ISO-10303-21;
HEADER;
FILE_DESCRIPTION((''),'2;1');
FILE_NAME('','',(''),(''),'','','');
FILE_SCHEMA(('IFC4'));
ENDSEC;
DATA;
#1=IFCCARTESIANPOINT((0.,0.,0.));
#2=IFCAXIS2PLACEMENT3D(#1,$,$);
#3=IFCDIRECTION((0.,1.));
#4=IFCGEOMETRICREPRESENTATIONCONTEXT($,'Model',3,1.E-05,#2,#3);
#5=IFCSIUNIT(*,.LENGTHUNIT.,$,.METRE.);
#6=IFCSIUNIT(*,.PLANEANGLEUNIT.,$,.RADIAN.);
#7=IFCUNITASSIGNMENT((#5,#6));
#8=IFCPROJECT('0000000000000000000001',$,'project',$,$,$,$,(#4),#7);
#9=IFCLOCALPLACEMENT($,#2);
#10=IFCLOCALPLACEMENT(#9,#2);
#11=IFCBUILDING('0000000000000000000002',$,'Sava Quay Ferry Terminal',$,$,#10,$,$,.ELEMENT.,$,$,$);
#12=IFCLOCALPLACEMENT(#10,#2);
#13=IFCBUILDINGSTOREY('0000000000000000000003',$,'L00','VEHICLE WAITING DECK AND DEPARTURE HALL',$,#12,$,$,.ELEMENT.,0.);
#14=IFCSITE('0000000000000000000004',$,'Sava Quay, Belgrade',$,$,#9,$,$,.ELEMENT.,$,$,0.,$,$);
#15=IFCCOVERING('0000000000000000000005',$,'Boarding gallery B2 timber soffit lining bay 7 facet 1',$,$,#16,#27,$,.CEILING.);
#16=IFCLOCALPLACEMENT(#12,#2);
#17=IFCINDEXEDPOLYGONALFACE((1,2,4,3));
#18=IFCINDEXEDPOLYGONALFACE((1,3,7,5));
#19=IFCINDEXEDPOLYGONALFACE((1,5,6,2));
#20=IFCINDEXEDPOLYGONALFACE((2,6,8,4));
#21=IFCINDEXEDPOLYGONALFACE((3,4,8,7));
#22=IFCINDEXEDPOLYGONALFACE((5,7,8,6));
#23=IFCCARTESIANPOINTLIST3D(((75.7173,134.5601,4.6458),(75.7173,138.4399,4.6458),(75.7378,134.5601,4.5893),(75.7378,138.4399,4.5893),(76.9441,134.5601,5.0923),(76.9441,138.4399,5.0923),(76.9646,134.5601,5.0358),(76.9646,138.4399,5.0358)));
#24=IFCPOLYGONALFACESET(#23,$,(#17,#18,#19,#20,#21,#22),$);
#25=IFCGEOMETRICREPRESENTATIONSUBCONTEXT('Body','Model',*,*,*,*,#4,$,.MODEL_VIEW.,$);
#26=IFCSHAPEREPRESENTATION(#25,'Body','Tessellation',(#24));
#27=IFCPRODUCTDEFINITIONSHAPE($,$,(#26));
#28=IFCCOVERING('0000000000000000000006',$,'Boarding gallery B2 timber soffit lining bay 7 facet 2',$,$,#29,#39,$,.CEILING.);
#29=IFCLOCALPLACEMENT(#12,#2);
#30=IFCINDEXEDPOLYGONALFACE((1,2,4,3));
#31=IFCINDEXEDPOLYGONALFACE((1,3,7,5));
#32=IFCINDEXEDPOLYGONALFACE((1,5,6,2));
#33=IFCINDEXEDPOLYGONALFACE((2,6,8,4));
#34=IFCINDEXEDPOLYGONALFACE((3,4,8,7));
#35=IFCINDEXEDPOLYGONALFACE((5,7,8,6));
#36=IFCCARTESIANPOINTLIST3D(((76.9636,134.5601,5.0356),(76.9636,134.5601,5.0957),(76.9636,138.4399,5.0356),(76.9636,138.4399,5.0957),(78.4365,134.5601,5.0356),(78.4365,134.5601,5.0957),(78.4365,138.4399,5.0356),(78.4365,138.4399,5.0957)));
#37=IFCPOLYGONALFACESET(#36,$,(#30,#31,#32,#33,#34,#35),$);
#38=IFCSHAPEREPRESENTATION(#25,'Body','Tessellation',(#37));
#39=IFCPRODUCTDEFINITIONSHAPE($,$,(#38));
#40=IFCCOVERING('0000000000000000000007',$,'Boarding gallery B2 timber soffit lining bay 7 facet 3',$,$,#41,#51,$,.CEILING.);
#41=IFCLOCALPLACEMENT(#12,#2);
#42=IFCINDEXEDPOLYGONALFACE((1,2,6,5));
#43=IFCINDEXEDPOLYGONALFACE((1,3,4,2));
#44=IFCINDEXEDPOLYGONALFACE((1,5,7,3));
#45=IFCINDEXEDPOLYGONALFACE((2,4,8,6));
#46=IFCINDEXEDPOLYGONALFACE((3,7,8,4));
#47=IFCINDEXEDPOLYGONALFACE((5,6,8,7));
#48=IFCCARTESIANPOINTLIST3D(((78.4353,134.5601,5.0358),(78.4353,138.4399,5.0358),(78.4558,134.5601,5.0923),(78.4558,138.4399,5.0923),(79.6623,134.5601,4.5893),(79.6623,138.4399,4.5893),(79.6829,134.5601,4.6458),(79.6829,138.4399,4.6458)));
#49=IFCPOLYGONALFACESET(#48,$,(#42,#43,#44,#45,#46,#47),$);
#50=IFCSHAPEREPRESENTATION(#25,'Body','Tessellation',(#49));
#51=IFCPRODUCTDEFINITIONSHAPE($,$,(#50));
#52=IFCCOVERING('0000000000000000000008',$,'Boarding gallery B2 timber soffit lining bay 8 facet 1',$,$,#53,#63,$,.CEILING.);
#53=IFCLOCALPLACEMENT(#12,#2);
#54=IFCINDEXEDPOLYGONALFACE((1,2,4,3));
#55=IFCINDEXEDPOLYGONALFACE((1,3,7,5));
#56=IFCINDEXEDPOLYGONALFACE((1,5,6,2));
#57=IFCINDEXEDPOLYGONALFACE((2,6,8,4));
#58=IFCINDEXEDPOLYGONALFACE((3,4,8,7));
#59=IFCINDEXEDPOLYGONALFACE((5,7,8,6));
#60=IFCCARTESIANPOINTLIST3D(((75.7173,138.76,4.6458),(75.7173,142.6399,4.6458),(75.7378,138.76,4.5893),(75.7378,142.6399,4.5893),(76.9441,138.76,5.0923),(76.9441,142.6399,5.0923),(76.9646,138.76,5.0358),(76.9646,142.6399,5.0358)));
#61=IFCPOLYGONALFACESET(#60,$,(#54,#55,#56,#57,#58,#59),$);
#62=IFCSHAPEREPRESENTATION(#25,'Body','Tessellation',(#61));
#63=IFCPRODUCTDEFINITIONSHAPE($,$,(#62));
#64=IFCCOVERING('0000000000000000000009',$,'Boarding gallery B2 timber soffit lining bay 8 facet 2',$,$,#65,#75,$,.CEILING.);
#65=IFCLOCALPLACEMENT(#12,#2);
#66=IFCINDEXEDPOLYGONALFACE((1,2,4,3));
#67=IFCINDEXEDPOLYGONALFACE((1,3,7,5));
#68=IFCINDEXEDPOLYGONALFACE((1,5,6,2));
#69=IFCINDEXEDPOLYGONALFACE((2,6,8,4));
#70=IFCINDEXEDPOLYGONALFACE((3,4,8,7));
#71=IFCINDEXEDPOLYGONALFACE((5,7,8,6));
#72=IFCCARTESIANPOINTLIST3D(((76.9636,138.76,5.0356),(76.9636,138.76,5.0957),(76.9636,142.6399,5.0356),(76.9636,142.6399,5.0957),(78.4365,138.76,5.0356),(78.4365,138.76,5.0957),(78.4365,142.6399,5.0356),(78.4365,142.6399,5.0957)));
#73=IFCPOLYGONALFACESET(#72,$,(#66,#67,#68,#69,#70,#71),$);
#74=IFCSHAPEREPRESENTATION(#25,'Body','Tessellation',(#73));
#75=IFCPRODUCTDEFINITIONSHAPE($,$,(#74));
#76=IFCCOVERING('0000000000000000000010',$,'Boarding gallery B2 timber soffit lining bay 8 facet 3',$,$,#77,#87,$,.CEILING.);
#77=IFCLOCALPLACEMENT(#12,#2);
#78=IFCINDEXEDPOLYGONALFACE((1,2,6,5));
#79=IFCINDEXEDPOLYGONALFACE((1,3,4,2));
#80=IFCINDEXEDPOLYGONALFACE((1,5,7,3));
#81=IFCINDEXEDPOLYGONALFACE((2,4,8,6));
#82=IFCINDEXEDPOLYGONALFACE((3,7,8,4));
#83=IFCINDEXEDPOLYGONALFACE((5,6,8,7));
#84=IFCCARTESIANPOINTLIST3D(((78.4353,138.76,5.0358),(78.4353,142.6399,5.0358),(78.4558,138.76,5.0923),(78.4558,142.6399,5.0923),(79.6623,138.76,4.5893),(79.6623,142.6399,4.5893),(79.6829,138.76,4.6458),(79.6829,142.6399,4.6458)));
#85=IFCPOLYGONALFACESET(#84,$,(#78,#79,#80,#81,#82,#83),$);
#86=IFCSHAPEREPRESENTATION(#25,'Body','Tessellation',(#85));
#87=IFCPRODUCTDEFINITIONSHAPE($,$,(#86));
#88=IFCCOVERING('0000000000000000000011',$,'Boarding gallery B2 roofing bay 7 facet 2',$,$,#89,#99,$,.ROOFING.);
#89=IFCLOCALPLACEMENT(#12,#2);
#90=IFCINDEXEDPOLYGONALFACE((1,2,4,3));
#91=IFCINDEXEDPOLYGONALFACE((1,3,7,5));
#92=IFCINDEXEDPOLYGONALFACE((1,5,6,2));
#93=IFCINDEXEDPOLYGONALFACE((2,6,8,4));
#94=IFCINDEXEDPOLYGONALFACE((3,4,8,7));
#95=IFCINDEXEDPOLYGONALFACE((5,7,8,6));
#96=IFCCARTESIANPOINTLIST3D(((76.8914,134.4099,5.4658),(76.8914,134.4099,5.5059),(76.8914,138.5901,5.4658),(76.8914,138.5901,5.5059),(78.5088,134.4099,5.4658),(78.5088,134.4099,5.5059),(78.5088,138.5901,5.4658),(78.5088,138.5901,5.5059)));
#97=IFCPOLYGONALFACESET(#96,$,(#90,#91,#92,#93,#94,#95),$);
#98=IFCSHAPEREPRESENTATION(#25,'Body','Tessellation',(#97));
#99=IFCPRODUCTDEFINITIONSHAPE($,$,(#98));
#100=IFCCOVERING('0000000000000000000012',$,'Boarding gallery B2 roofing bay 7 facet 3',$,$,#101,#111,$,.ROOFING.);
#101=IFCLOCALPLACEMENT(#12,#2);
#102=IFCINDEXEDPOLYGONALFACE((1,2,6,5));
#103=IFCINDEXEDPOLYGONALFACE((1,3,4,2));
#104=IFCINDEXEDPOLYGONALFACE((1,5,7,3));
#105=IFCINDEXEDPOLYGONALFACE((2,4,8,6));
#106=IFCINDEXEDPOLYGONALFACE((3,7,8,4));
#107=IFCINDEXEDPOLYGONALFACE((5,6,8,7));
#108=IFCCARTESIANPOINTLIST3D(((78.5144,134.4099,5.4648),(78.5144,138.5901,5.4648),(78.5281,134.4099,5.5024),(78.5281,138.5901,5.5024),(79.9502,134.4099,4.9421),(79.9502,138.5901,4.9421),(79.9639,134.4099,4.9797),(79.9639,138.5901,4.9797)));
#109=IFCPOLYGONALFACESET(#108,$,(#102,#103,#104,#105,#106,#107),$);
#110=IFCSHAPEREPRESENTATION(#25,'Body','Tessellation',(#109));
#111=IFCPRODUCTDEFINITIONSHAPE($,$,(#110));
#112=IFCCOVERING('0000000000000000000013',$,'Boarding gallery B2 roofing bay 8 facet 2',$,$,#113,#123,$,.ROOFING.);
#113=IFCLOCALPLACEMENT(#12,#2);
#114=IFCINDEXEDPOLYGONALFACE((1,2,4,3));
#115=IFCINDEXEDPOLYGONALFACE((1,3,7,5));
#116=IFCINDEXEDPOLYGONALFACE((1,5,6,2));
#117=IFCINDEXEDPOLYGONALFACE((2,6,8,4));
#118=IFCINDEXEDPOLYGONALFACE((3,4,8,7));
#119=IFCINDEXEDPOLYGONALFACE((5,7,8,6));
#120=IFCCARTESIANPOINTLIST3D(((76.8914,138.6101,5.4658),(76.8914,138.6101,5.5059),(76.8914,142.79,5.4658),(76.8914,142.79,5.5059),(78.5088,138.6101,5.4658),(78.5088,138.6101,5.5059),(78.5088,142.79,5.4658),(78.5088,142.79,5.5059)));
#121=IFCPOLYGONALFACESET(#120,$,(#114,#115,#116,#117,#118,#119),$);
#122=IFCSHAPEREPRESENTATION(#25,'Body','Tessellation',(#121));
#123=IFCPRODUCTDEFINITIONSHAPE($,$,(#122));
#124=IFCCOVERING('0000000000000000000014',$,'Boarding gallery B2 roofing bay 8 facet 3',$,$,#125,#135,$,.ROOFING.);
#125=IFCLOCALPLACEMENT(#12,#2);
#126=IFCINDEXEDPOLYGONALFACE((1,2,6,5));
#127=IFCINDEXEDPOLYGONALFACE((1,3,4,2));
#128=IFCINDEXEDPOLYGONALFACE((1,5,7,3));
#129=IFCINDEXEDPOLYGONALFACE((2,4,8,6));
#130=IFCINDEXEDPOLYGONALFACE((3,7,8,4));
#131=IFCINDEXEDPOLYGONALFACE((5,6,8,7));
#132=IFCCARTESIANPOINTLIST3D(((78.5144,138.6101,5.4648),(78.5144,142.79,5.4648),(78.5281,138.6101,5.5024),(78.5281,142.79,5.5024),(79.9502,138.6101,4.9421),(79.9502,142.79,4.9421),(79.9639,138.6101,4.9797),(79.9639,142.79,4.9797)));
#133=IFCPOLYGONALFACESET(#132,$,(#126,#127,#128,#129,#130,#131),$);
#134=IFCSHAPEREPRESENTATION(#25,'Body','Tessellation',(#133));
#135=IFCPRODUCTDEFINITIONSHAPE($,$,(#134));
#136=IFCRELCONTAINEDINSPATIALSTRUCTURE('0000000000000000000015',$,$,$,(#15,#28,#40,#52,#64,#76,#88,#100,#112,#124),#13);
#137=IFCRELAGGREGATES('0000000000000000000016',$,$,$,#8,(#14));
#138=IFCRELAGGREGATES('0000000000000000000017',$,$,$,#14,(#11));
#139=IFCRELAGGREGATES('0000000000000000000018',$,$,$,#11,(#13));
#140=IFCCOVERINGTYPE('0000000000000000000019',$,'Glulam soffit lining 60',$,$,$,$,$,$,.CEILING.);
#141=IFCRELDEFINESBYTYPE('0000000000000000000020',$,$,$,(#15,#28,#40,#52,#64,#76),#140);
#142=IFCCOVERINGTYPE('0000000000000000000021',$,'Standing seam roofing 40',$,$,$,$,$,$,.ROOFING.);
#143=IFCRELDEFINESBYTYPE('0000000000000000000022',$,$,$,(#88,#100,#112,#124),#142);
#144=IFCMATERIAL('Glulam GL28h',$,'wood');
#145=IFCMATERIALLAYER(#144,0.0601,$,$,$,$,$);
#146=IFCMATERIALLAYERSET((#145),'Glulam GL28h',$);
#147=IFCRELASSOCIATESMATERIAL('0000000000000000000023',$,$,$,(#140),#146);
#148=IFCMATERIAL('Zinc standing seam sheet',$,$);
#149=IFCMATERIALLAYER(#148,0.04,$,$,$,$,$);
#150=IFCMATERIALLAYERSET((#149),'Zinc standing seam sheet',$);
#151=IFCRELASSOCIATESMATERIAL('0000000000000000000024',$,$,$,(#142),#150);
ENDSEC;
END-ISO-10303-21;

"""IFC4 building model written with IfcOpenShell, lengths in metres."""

from ifc_helpers import new_model, si_unit, direction, frame, origin, place, context, subcontext, project, spatial, polyline, outline, extrude, material, layer, layer_set, type_object, element, save


model = new_model("IFC4")

# Units and contexts
model_context = context("Model", 3, precision=1e-05, world=origin(), true_north=direction((0.0, 1.0)))
body_context = subcontext(model_context, "Body", "Model", "MODEL_VIEW")
ifc_project = project(units=[si_unit("LENGTHUNIT", "METRE"), si_unit("PLANEANGLEUNIT", "RADIAN")], contexts=[model_context])

# Site, building, storey
site_placement = place(None, origin())
site = spatial("IfcSite", under=ifc_project, at=site_placement, Name="Sava Quay, Belgrade", CompositionType="ELEMENT", RefElevation=0.0)
building_placement = place(site_placement, origin())
building = spatial("IfcBuilding", under=site, at=building_placement, Name="Sava Quay Ferry Terminal", CompositionType="ELEMENT")
storey_placement = place(building_placement, origin())
storey = spatial("IfcBuildingStorey", under=building, at=storey_placement, Name="L00", Description="VEHICLE WAITING DECK AND DEPARTURE HALL", CompositionType="ELEMENT", Elevation=0.0)

# Coverings
ifc_material_1 = material(Name="Glulam GL28h", Category="wood")
ifc_layer_1 = layer(ifc_material_1, 0.0601)
ifc_layer_set_1 = layer_set([ifc_layer_1], Name="Glulam GL28h")
covering_type_1 = type_object("IfcCoveringType", Name="Glulam soffit lining 60", PredefinedType="CEILING", material=ifc_layer_set_1)
covering_1_placement = place(storey_placement, frame((75.7173, 134.5601, 4.6458), z_axis=(-0.342028, 0.0, 0.93969), x_axis=(0.93969, 0.0, 0.342028)))
element("IfcCovering", 1, at=covering_1_placement, inside=storey, type_object=covering_type_1, Name="Boarding gallery B2 timber soffit lining bay 7 facet 1", PredefinedType="CEILING", context=body_context, shape_type="SweptSolid", body=[
    extrude(outline(polyline([(0.0, 0.0), (1.3055, 0.0), (1.3055, 3.8799), (0.0, 3.8799), (0.0, 0.0)])), origin(), (0.0, 0.0, -1.0), 0.0601),
])
covering_2_placement = place(storey_placement, frame((76.9636, 134.5601, 5.0957), z_axis=(0.0, 0.0, 1.0), x_axis=(1.0, 0.0, 0.0)))
element("IfcCovering", 2, at=covering_2_placement, inside=storey, type_object=covering_type_1, Name="Boarding gallery B2 timber soffit lining bay 7 facet 2", PredefinedType="CEILING", context=body_context, shape_type="SweptSolid", body=[
    extrude(outline(polyline([(0.0, 0.0), (1.4729, 0.0), (1.4729, 3.8799), (0.0, 3.8799), (0.0, 0.0)])), origin(), (0.0, 0.0, -1.0), 0.0601),
])
covering_3_placement = place(storey_placement, frame((78.4558, 134.5601, 5.0923), z_axis=(0.341968, 0.0, 0.939712), x_axis=(0.939712, 0.0, -0.341968)))
element("IfcCovering", 3, at=covering_3_placement, inside=storey, type_object=covering_type_1, Name="Boarding gallery B2 timber soffit lining bay 7 facet 3", PredefinedType="CEILING", context=body_context, shape_type="SweptSolid", body=[
    extrude(outline(polyline([(0.0, 0.0), (1.3058, 0.0), (1.3058, 3.8799), (0.0, 3.8799), (0.0, 0.0)])), origin(), (0.0, 0.0, -1.0), 0.0601),
])
covering_4_placement = place(storey_placement, frame((75.7173, 138.76, 4.6458), z_axis=(-0.342028, 0.0, 0.93969), x_axis=(0.93969, 0.0, 0.342028)))
element("IfcCovering", 4, at=covering_4_placement, inside=storey, type_object=covering_type_1, Name="Boarding gallery B2 timber soffit lining bay 8 facet 1", PredefinedType="CEILING", context=body_context, shape_type="SweptSolid", body=[
    extrude(outline(polyline([(0.0, 0.0), (1.3055, 0.0), (1.3055, 3.8799), (0.0, 3.8799), (0.0, 0.0)])), origin(), (0.0, 0.0, -1.0), 0.0601),
])
covering_5_placement = place(storey_placement, frame((76.9636, 138.76, 5.0957), z_axis=(0.0, 0.0, 1.0), x_axis=(1.0, 0.0, 0.0)))
element("IfcCovering", 5, at=covering_5_placement, inside=storey, type_object=covering_type_1, Name="Boarding gallery B2 timber soffit lining bay 8 facet 2", PredefinedType="CEILING", context=body_context, shape_type="SweptSolid", body=[
    extrude(outline(polyline([(0.0, 0.0), (1.4729, 0.0), (1.4729, 3.8799), (0.0, 3.8799), (0.0, 0.0)])), origin(), (0.0, 0.0, -1.0), 0.0601),
])
covering_6_placement = place(storey_placement, frame((78.4558, 138.76, 5.0923), z_axis=(0.341968, 0.0, 0.939712), x_axis=(0.939712, 0.0, -0.341968)))
element("IfcCovering", 6, at=covering_6_placement, inside=storey, type_object=covering_type_1, Name="Boarding gallery B2 timber soffit lining bay 8 facet 3", PredefinedType="CEILING", context=body_context, shape_type="SweptSolid", body=[
    extrude(outline(polyline([(0.0, 0.0), (1.3058, 0.0), (1.3058, 3.8799), (0.0, 3.8799), (0.0, 0.0)])), origin(), (0.0, 0.0, -1.0), 0.0601),
])
ifc_material_2 = material(Name="Zinc standing seam sheet")
ifc_layer_2 = layer(ifc_material_2, 0.04)
ifc_layer_set_2 = layer_set([ifc_layer_2], Name="Zinc standing seam sheet")
covering_type_2 = type_object("IfcCoveringType", Name="Standing seam roofing 40", PredefinedType="ROOFING", material=ifc_layer_set_2)
covering_7_placement = place(storey_placement, frame((76.8914, 134.4099, 5.5059), z_axis=(0.0, 0.0, 1.0), x_axis=(1.0, 0.0, 0.0)))
element("IfcCovering", 7, at=covering_7_placement, inside=storey, type_object=covering_type_2, Name="Boarding gallery B2 roofing bay 7 facet 2", PredefinedType="ROOFING", context=body_context, shape_type="SweptSolid", body=[
    extrude(outline(polyline([(0.0, 0.0), (1.6174, 0.0), (1.6174, 4.1802), (0.0, 4.1802), (0.0, 0.0)])), origin(), (0.0, 0.0, -1.0), 0.04),
])
covering_8_placement = place(storey_placement, frame((78.5281, 134.4099, 5.5024), z_axis=(0.342089, 0.0, 0.939667), x_axis=(0.939667, 0.0, -0.342089)))
element("IfcCovering", 8, at=covering_8_placement, inside=storey, type_object=covering_type_2, Name="Boarding gallery B2 roofing bay 7 facet 3", PredefinedType="ROOFING", context=body_context, shape_type="SweptSolid", body=[
    extrude(outline(polyline([(0.0, 0.0), (1.528, 0.0), (1.528, 4.1802), (0.0, 4.1802), (0.0, 0.0)])), origin(), (0.0, 0.0, -1.0), 0.04),
])
covering_9_placement = place(storey_placement, frame((76.8914, 138.6101, 5.5059), z_axis=(0.0, 0.0, 1.0), x_axis=(1.0, 0.0, 0.0)))
element("IfcCovering", 9, at=covering_9_placement, inside=storey, type_object=covering_type_2, Name="Boarding gallery B2 roofing bay 8 facet 2", PredefinedType="ROOFING", context=body_context, shape_type="SweptSolid", body=[
    extrude(outline(polyline([(0.0, 0.0), (1.6174, 0.0), (1.6174, 4.1799), (0.0, 4.1799), (0.0, 0.0)])), origin(), (0.0, 0.0, -1.0), 0.04),
])
covering_10_placement = place(storey_placement, frame((78.5281, 138.6101, 5.5024), z_axis=(0.342089, 0.0, 0.939667), x_axis=(0.939667, 0.0, -0.342089)))
element("IfcCovering", 10, at=covering_10_placement, inside=storey, type_object=covering_type_2, Name="Boarding gallery B2 roofing bay 8 facet 3", PredefinedType="ROOFING", context=body_context, shape_type="SweptSolid", body=[
    extrude(outline(polyline([(0.0, 0.0), (1.528, 0.0), (1.528, 4.1799), (0.0, 4.1799), (0.0, 0.0)])), origin(), (0.0, 0.0, -1.0), 0.04),
])

save(model, "model.ifc")
